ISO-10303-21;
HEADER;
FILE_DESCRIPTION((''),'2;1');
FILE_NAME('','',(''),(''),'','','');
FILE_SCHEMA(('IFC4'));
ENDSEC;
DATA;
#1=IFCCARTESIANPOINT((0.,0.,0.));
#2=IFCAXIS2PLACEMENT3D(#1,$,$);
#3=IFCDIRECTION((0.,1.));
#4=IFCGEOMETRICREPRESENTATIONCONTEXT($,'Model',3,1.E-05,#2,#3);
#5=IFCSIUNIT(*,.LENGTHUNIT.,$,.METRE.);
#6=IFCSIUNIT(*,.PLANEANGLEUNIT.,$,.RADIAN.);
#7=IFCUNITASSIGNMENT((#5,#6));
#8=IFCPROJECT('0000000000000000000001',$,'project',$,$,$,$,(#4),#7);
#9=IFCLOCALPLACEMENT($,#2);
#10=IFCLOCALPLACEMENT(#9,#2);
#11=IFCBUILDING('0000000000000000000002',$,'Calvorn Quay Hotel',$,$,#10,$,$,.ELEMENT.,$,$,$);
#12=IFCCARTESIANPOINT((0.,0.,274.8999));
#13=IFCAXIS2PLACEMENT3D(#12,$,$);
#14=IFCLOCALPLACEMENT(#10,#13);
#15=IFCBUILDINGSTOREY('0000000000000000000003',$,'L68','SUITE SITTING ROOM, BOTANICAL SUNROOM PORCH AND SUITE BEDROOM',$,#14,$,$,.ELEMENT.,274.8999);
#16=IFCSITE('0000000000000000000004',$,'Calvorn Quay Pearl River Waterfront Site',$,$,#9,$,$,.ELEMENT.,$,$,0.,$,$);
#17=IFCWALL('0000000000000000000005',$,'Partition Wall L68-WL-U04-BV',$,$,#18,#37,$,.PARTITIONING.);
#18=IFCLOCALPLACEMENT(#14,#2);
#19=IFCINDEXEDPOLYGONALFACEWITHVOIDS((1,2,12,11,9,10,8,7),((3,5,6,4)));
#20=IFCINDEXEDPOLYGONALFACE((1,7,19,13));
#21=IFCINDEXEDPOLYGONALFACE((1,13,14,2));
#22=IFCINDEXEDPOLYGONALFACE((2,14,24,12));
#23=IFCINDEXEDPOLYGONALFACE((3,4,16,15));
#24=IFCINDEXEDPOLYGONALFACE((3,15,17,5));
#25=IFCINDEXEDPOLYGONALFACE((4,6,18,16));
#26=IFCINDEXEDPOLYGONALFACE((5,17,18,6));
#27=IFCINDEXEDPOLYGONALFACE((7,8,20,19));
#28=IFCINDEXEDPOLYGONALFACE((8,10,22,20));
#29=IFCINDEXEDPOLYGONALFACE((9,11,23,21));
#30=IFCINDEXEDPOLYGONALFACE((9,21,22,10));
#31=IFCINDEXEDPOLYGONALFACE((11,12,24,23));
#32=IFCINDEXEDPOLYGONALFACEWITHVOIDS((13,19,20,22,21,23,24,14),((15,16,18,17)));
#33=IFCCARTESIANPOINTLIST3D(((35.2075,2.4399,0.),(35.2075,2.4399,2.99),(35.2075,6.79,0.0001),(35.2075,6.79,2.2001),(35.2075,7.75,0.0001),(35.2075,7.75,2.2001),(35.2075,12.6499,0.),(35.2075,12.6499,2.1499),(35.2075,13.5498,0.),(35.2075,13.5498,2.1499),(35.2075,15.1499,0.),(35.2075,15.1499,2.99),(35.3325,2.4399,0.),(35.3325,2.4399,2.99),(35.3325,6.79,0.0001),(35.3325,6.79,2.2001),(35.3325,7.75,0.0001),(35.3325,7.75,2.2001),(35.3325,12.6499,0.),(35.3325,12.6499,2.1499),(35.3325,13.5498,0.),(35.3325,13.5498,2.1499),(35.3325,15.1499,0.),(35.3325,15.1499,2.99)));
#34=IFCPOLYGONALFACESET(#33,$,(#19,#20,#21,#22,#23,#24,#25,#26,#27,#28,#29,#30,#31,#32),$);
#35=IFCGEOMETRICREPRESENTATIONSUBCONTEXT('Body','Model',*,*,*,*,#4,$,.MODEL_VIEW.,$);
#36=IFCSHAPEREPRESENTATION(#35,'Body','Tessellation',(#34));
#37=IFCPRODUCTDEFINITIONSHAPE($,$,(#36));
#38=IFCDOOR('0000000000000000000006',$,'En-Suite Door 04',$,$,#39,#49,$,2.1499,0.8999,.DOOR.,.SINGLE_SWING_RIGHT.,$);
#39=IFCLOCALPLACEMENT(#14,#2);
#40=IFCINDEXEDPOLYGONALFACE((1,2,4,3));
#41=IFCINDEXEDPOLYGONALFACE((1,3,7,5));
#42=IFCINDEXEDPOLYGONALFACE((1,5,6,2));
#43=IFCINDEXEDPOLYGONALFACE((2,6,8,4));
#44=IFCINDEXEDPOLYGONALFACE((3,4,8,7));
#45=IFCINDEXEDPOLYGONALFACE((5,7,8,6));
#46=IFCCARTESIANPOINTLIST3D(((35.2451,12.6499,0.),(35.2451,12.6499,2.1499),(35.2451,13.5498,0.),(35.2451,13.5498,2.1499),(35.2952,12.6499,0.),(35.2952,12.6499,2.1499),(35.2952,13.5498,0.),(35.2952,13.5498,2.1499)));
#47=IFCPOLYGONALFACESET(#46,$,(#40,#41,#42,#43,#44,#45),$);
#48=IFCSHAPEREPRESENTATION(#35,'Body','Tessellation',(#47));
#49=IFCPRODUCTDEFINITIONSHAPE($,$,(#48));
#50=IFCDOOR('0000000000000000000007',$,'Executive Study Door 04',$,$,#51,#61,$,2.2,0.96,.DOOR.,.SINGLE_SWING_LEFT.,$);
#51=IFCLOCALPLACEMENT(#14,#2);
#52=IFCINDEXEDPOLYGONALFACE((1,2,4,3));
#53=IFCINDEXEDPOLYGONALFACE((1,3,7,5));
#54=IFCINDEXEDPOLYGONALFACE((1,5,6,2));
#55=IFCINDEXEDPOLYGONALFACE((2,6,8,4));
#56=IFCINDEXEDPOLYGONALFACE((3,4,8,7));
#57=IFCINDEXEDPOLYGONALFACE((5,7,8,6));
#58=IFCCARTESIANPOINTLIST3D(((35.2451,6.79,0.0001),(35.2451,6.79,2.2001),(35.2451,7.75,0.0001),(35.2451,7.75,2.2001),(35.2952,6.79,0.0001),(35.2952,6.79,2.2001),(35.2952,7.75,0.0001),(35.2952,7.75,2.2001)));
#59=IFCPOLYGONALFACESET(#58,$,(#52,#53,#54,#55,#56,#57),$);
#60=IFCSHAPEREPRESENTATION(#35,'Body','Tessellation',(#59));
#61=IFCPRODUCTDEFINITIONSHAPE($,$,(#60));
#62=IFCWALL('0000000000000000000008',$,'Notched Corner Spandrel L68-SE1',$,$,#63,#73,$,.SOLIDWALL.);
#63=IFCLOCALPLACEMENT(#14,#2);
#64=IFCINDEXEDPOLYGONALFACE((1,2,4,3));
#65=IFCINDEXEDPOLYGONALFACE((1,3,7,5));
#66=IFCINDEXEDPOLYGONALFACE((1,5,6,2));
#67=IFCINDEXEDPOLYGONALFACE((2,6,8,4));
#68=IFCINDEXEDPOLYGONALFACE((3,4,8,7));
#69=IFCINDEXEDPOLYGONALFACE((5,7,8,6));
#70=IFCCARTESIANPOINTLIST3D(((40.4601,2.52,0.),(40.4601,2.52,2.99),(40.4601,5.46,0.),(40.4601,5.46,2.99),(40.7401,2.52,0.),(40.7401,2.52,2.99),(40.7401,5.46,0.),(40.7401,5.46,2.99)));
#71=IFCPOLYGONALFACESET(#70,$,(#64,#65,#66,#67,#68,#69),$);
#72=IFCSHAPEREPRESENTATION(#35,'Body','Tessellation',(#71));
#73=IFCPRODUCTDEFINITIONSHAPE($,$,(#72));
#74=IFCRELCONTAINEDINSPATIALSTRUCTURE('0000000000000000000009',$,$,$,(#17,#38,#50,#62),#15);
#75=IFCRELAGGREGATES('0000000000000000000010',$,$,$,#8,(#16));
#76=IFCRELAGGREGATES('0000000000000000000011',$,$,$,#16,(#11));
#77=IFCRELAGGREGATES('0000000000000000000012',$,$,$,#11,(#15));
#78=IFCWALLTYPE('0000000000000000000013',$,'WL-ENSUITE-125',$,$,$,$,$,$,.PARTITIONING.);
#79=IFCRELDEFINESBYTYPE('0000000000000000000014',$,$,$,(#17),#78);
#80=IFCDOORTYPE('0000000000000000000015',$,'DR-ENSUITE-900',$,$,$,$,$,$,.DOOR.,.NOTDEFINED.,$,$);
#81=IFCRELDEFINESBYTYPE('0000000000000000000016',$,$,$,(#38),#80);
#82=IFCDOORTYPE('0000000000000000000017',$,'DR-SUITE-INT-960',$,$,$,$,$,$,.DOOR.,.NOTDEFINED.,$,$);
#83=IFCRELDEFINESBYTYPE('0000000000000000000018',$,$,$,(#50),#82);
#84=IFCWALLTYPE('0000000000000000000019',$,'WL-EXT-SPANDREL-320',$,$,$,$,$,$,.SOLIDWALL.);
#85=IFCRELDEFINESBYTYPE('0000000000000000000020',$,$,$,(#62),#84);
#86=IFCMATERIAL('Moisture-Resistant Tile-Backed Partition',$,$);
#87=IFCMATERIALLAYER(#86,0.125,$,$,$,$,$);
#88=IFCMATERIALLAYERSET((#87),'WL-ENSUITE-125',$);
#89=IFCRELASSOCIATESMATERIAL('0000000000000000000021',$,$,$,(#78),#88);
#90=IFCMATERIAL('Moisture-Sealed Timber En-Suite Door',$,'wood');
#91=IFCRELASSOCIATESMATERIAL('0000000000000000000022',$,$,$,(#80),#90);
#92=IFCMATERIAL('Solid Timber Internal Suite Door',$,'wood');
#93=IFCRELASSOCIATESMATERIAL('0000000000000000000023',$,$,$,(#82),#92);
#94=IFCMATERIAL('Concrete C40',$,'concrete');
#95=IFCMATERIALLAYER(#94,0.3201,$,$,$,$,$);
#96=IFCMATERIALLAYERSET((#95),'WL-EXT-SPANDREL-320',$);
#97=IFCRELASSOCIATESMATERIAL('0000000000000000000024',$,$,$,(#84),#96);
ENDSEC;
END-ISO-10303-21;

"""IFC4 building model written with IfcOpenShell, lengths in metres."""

from ifc_helpers import new_model, si_unit, direction, frame, frame_2d, origin, place, context, subcontext, project, spatial, rectangle, extrude, material, layer, layer_set, type_object, element, fill, save


model = new_model("IFC4")

# Units and contexts
model_context = context("Model", 3, precision=1e-05, world=origin(), true_north=direction((0.0, 1.0)))
body_context = subcontext(model_context, "Body", "Model", "MODEL_VIEW")
ifc_project = project(units=[si_unit("LENGTHUNIT", "METRE"), si_unit("PLANEANGLEUNIT", "RADIAN")], contexts=[model_context])

# Site, building, storey
site_placement = place(None, origin())
site = spatial("IfcSite", under=ifc_project, at=site_placement, Name="Calvorn Quay Pearl River Waterfront Site", CompositionType="ELEMENT", RefElevation=0.0)
building_placement = place(site_placement, origin())
building = spatial("IfcBuilding", under=site, at=building_placement, Name="Calvorn Quay Hotel", CompositionType="ELEMENT")
storey_placement = place(building_placement, frame((0.0, 0.0, 274.8999)))
storey = spatial("IfcBuildingStorey", under=building, at=storey_placement, Name="L68", Description="SUITE SITTING ROOM, BOTANICAL SUNROOM PORCH AND SUITE BEDROOM", CompositionType="ELEMENT", Elevation=274.8999)

# Wall, openings, doors
ifc_material_1 = material(Name="Moisture-Resistant Tile-Backed Partition")
ifc_layer_1 = layer(ifc_material_1, 0.125)
ifc_layer_set_1 = layer_set([ifc_layer_1], Name="WL-ENSUITE-125")
wall_type_1 = type_object("IfcWallType", Name="WL-ENSUITE-125", PredefinedType="PARTITIONING", material=ifc_layer_set_1)
wall_1_placement = place(storey_placement, frame((35.27, 2.4399, 0.0), z_axis=(0.0, 0.0, 1.0), x_axis=(0.0, 1.0, 0.0)))
wall_1 = element("IfcWall", 1, at=wall_1_placement, inside=storey, type_object=wall_type_1, Name="Partition Wall L68-WL-U04-BV", PredefinedType="PARTITIONING", context=body_context, shape_type="SweptSolid", body=[
    extrude(rectangle(XDim=12.71, YDim=0.125, at=frame_2d((6.355, 0.0))), origin(), (0.0, 0.0, 1.0), 2.99),
])
opening_1_placement = place(wall_1_placement, frame((4.3501, 0.0, 0.0)))
opening_1 = element("IfcOpeningElement", 2, at=opening_1_placement, cuts=wall_1, PredefinedType="OPENING", context=body_context, shape_type="SweptSolid", body=[
    extrude(rectangle(XDim=0.96, YDim=2.2, at=frame_2d((0.48, 1.1001))), frame((0.0, 0.0725, 0.0), z_axis=(0.0, -1.0, 0.0), x_axis=(1.0, 0.0, 0.0)), (0.0, 0.0, 1.0), 0.145),
])
opening_2_placement = place(wall_1_placement, frame((10.21, 0.0, 0.0)))
opening_2 = element("IfcOpeningElement", 3, at=opening_2_placement, cuts=wall_1, PredefinedType="OPENING", context=body_context, shape_type="SweptSolid", body=[
    extrude(rectangle(XDim=0.8999, YDim=2.1499, at=frame_2d((0.45, 1.075))), frame((0.0, 0.0725, 0.0), z_axis=(0.0, -1.0, 0.0), x_axis=(1.0, 0.0, 0.0)), (0.0, 0.0, 1.0), 0.145),
])
ifc_material_2 = material(Name="Moisture-Sealed Timber En-Suite Door", Category="wood")
door_type_1 = type_object("IfcDoorType", Name="DR-ENSUITE-900", OperationType="NOTDEFINED", PredefinedType="DOOR", material=ifc_material_2)
door_1_placement = place(opening_2_placement, origin())
door_1 = element("IfcDoor", 4, at=door_1_placement, inside=storey, type_object=door_type_1, Name="En-Suite Door 04", OperationType="SINGLE_SWING_RIGHT", OverallHeight=2.1499, OverallWidth=0.8999, PredefinedType="DOOR", context=body_context, shape_type="SweptSolid", body=[
    extrude(rectangle(XDim=0.8999, YDim=2.1499, at=frame_2d((0.45, 1.075))), frame((0.0, 0.0249, 0.0), z_axis=(0.0, -1.0, 0.0), x_axis=(1.0, 0.0, 0.0)), (0.0, 0.0, 1.0), 0.05),
])
fill(opening_2, door_1)
ifc_material_3 = material(Name="Solid Timber Internal Suite Door", Category="wood")
door_type_2 = type_object("IfcDoorType", Name="DR-SUITE-INT-960", OperationType="NOTDEFINED", PredefinedType="DOOR", material=ifc_material_3)
door_2_placement = place(opening_1_placement, origin())
door_2 = element("IfcDoor", 5, at=door_2_placement, inside=storey, type_object=door_type_2, Name="Executive Study Door 04", OperationType="SINGLE_SWING_LEFT", OverallHeight=2.2, OverallWidth=0.96, PredefinedType="DOOR", context=body_context, shape_type="SweptSolid", body=[
    extrude(rectangle(XDim=0.96, YDim=2.2, at=frame_2d((0.48, 1.1001))), frame((0.0, 0.0249, 0.0), z_axis=(0.0, -1.0, 0.0), x_axis=(1.0, 0.0, 0.0)), (0.0, 0.0, 1.0), 0.05),
])
fill(opening_1, door_2)

# Wall
ifc_material_4 = material(Name="Concrete C40", Category="concrete")
ifc_layer_2 = layer(ifc_material_4, 0.3201)
ifc_layer_set_2 = layer_set([ifc_layer_2], Name="WL-EXT-SPANDREL-320")
wall_type_2 = type_object("IfcWallType", Name="WL-EXT-SPANDREL-320", PredefinedType="SOLIDWALL", material=ifc_layer_set_2)
wall_2_placement = place(storey_placement, frame((40.6001, 2.52, 0.0), z_axis=(0.0, 0.0, 1.0), x_axis=(0.0, 1.0, 0.0)))
element("IfcWall", 6, at=wall_2_placement, inside=storey, type_object=wall_type_2, Name="Notched Corner Spandrel L68-SE1", PredefinedType="SOLIDWALL", context=body_context, shape_type="SweptSolid", body=[
    extrude(rectangle(XDim=2.9399, YDim=0.28, at=frame_2d((1.47, 0.0))), origin(), (0.0, 0.0, 1.0), 2.99),
])

save(model, "model.ifc")
